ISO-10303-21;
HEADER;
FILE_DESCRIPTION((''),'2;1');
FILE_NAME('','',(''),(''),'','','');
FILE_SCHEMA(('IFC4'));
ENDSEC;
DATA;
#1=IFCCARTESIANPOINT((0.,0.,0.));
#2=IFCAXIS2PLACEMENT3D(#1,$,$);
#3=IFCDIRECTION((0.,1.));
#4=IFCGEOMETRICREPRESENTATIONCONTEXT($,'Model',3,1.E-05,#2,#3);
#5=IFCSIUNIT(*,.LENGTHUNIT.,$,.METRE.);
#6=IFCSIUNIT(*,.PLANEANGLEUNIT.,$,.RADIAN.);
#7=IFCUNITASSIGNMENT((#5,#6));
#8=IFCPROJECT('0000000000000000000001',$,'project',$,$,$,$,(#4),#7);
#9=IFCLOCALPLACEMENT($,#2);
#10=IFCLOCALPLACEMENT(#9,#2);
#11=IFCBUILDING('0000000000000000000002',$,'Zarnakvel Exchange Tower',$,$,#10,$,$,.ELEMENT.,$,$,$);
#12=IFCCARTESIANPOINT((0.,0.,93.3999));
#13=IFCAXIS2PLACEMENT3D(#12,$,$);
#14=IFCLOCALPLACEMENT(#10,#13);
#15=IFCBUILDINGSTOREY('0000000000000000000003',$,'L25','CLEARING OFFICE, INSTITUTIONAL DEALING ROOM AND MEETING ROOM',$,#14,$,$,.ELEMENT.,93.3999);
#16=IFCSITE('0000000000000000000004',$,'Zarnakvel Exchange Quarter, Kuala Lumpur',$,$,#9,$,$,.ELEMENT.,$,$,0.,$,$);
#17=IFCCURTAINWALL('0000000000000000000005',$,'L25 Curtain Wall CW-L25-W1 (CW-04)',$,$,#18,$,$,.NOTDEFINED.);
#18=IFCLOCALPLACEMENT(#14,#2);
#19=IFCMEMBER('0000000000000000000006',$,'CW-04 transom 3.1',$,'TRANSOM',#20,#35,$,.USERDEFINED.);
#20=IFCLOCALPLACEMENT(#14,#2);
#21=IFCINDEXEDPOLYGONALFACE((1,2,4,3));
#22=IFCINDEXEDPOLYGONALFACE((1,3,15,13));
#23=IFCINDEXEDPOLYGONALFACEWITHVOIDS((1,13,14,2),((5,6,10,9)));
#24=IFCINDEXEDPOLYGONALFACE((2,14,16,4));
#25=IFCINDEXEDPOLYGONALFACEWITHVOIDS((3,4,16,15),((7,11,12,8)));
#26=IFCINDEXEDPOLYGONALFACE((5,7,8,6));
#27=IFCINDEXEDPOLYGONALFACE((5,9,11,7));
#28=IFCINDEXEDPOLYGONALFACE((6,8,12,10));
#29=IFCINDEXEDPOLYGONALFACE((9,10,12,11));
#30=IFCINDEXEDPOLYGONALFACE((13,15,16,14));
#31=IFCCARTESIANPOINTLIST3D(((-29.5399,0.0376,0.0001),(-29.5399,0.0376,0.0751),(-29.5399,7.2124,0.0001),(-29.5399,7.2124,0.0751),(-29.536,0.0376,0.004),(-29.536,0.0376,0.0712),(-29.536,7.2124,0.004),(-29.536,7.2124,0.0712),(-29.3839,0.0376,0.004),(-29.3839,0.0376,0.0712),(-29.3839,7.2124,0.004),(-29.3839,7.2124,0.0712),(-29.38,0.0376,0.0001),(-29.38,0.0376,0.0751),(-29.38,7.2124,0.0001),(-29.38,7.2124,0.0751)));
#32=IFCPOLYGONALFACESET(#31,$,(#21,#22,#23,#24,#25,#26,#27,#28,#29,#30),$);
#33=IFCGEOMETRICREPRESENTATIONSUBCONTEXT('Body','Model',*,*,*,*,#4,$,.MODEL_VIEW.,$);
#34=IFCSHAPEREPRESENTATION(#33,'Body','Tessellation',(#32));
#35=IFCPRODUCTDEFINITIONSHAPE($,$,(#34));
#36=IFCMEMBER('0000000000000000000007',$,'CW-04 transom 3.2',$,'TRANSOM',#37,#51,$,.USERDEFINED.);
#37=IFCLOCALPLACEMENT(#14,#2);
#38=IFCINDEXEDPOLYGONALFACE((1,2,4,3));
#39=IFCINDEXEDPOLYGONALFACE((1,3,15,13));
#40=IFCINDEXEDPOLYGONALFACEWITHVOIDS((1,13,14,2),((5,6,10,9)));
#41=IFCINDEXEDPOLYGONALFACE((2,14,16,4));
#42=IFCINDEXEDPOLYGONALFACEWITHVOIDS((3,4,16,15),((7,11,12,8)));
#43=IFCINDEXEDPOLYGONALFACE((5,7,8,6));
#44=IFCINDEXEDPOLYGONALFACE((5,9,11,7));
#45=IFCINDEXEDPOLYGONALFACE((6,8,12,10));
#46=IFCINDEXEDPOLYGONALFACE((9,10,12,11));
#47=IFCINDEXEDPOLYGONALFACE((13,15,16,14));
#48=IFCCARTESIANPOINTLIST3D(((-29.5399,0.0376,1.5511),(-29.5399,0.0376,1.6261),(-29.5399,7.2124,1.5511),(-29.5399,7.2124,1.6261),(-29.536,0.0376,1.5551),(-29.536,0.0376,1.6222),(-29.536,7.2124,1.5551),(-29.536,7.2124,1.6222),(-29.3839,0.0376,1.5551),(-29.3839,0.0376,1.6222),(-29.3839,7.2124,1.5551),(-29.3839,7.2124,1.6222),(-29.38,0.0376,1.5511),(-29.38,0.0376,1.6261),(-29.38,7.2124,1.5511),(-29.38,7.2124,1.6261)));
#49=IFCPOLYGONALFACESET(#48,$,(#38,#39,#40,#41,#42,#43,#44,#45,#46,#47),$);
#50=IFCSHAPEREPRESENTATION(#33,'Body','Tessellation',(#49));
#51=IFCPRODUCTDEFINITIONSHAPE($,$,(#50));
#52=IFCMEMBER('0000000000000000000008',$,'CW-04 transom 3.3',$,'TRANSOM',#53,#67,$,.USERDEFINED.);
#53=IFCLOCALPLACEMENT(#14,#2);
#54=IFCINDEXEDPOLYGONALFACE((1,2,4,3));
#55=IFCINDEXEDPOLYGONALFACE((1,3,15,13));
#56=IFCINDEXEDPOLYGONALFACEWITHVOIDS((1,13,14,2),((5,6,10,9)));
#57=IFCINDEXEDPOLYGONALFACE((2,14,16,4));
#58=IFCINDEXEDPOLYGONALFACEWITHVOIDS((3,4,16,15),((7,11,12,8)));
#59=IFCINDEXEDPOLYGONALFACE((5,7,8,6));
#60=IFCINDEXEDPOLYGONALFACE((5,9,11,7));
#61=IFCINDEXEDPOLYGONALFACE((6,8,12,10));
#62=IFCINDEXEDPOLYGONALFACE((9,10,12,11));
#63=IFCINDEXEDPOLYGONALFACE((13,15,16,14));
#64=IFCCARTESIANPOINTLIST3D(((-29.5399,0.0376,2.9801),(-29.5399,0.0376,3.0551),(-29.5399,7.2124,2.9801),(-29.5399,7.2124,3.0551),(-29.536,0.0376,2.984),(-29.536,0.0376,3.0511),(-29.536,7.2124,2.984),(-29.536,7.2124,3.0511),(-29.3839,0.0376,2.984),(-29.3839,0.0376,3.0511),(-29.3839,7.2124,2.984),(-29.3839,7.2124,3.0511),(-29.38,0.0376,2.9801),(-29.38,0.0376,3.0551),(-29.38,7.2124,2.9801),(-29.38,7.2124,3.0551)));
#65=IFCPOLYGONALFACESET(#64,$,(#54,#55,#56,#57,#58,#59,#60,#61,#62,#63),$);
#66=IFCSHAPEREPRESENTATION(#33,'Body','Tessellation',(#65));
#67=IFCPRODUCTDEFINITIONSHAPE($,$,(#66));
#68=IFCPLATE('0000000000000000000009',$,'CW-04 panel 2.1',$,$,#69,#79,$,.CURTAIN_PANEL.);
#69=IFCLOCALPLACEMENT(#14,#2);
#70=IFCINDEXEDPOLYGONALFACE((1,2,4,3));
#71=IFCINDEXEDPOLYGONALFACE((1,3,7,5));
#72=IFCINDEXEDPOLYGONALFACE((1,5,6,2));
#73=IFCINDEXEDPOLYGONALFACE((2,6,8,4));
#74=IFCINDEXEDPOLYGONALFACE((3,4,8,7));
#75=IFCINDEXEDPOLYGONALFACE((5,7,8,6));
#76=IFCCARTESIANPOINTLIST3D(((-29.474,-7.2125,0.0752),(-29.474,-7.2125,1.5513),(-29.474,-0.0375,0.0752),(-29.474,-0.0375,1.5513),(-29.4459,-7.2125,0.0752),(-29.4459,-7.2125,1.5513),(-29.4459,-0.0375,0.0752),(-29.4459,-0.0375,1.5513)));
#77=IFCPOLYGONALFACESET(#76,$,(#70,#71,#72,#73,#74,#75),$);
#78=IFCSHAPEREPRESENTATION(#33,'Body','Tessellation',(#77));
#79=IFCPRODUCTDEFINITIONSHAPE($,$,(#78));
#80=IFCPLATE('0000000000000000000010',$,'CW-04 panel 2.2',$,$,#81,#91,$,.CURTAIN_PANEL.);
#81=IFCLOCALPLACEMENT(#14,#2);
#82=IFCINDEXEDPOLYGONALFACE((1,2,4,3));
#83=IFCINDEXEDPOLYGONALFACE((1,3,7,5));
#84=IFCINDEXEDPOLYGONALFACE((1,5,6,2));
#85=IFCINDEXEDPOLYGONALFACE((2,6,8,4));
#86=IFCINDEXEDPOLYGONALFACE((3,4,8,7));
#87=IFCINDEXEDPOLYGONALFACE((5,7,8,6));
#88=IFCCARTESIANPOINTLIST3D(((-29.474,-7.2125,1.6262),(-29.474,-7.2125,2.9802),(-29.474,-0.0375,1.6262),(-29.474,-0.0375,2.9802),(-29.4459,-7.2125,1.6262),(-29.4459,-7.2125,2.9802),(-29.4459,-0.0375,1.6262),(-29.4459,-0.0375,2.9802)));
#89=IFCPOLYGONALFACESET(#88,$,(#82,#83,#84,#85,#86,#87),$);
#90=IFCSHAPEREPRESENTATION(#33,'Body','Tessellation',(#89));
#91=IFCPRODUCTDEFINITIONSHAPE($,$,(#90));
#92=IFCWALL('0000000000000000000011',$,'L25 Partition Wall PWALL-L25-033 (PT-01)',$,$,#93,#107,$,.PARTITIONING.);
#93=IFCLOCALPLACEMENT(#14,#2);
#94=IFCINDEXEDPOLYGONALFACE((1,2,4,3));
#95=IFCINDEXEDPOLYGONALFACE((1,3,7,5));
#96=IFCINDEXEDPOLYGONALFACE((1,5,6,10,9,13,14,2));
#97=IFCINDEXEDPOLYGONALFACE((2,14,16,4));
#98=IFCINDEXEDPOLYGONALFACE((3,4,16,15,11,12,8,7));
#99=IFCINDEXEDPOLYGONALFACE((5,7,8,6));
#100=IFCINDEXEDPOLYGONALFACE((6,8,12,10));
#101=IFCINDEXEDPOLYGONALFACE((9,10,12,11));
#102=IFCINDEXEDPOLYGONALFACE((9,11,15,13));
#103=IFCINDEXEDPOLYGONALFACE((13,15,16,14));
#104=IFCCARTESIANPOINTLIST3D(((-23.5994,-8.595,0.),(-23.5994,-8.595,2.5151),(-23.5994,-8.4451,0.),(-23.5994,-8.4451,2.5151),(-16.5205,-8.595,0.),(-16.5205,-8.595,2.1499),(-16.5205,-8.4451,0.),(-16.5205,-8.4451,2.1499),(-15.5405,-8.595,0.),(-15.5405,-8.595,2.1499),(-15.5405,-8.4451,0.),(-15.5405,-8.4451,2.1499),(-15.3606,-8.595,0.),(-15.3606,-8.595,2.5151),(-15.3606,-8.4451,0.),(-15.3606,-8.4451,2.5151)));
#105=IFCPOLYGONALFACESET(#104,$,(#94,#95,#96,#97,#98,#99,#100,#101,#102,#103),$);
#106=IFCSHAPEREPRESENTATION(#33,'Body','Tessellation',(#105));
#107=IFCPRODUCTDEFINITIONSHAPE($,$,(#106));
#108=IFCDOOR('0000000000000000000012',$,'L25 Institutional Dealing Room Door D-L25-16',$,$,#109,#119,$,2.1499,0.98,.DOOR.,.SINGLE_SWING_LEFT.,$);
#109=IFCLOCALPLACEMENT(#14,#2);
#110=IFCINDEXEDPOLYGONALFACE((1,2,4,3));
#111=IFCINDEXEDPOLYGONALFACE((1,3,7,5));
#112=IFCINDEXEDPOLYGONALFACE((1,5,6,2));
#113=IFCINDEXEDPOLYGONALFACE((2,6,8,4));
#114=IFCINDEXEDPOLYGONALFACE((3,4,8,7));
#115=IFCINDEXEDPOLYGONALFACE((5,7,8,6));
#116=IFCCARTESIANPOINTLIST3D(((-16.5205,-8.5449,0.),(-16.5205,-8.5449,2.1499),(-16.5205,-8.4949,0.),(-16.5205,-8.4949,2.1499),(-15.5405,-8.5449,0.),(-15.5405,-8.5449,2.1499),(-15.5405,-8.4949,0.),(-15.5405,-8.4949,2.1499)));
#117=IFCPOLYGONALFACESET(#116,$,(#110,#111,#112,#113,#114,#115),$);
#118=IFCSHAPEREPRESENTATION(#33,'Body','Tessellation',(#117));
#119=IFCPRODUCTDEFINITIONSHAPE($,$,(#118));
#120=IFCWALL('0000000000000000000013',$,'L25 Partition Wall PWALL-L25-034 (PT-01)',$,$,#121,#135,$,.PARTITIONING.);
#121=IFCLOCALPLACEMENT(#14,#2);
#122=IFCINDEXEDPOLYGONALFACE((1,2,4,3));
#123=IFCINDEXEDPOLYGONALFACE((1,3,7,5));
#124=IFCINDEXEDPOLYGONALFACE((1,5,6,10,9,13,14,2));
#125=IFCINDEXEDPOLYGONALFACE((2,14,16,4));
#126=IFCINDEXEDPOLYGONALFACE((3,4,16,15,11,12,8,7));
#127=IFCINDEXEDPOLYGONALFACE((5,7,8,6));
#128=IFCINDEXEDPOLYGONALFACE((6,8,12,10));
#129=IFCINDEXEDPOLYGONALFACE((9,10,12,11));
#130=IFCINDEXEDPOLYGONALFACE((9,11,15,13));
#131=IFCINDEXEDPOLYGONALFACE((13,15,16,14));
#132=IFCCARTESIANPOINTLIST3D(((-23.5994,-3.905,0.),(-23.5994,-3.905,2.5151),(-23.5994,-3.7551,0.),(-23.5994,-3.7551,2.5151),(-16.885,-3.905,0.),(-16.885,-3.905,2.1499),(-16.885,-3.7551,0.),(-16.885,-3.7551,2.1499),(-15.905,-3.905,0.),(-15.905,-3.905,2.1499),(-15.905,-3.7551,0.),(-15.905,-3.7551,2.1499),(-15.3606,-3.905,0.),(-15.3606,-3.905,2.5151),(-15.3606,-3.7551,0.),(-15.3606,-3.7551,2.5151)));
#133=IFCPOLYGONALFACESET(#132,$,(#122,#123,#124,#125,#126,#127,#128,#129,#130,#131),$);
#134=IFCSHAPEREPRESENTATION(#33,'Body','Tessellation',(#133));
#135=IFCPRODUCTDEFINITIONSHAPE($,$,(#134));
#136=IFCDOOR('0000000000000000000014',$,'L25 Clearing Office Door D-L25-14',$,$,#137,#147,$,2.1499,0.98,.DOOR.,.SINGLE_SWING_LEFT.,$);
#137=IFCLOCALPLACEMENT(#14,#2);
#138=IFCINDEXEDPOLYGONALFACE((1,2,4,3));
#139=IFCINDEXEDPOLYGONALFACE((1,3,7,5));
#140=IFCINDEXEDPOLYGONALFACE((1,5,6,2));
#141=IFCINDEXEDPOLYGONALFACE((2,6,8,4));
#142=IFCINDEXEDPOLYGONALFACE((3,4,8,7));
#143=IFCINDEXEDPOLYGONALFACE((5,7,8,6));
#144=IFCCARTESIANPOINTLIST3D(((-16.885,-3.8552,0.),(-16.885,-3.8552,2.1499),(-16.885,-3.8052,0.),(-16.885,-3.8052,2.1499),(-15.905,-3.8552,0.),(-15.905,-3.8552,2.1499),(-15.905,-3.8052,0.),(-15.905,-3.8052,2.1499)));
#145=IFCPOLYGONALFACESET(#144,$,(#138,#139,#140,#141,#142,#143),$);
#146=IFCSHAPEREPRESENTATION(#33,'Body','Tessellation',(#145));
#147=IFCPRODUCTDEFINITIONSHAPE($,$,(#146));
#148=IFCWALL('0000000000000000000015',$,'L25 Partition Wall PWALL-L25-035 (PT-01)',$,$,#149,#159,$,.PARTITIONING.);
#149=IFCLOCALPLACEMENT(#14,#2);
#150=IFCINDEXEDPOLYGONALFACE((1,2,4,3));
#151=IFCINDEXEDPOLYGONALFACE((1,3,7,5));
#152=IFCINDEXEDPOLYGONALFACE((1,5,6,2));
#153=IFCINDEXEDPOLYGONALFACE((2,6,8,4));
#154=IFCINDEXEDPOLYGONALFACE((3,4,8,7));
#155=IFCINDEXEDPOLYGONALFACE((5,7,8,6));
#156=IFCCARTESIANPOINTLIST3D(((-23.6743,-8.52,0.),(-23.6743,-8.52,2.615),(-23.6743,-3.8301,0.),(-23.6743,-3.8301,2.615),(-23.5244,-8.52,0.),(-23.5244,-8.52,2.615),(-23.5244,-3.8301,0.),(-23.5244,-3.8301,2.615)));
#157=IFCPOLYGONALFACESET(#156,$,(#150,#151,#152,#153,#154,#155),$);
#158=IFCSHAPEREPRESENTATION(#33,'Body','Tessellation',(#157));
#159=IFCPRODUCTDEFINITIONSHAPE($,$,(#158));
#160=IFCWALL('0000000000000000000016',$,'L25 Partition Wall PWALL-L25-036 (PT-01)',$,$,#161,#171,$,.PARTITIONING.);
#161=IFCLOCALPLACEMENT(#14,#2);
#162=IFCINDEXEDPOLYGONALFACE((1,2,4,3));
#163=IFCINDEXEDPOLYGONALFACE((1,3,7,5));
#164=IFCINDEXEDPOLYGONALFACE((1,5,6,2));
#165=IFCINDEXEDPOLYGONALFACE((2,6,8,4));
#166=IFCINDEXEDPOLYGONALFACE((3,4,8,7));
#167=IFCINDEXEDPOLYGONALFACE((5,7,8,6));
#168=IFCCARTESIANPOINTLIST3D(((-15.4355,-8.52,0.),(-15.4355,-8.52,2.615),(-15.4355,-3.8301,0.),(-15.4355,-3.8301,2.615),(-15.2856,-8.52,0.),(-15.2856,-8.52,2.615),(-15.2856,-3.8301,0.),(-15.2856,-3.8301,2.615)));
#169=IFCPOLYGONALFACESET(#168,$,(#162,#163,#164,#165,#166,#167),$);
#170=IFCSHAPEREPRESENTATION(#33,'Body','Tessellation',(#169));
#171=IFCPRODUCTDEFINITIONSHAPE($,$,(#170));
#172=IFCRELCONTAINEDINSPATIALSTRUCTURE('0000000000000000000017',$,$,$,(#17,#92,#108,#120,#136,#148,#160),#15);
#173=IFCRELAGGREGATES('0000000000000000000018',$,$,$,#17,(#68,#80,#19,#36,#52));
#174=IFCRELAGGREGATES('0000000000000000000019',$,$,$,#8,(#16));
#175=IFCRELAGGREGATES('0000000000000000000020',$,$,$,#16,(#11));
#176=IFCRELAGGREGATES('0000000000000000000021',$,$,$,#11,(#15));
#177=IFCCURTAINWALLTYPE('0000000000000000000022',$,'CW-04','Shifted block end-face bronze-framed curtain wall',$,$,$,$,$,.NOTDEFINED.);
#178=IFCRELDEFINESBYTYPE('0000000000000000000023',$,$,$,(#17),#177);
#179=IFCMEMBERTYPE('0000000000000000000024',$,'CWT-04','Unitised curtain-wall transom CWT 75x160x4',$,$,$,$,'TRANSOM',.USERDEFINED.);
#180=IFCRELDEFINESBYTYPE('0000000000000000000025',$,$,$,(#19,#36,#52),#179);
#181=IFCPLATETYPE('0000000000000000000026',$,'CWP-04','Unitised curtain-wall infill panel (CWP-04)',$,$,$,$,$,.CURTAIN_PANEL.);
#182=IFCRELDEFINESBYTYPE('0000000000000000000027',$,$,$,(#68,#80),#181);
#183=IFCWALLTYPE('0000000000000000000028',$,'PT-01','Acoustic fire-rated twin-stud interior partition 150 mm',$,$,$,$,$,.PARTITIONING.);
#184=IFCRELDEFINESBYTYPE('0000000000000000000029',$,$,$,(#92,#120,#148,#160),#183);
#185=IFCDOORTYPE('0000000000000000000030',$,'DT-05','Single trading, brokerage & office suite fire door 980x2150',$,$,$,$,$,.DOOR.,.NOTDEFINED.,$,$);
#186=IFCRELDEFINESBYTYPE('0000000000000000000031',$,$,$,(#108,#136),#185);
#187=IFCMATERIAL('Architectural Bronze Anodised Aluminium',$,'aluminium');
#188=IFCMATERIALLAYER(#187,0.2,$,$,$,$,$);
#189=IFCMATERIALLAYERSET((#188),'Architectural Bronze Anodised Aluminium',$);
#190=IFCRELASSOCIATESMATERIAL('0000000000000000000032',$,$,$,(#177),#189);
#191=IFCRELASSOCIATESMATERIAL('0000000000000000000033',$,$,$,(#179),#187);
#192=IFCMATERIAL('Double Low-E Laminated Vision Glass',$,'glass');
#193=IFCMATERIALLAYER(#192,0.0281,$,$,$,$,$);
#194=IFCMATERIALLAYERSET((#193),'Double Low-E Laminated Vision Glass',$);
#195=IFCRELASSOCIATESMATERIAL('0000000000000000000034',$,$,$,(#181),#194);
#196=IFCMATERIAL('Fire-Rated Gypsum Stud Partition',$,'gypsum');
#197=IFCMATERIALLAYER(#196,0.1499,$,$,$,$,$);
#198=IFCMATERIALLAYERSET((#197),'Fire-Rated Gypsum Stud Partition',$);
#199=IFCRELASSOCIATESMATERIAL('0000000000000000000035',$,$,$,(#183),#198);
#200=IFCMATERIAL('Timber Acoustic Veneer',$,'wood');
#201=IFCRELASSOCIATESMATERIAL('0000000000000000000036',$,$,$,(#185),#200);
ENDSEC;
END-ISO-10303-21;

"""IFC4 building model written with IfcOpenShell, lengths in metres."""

from ifc_helpers import new_model, si_unit, direction, frame, frame_2d, origin, origin_2d, place, context, subcontext, project, spatial, rectangle, hollow_rectangle, extrude, source, transform, mapped, material, layer, layer_set, material_profile, profile_set, type_object, element, fill, aggregate, save


model = new_model("IFC4")

# Units and contexts
model_context = context("Model", 3, precision=1e-05, world=origin(), true_north=direction((0.0, 1.0)))
body_context = subcontext(model_context, "Body", "Model", "MODEL_VIEW")
ifc_project = project(units=[si_unit("LENGTHUNIT", "METRE"), si_unit("PLANEANGLEUNIT", "RADIAN")], contexts=[model_context])

# Site, building, storey
site_placement = place(None, origin())
site = spatial("IfcSite", under=ifc_project, at=site_placement, Name="Zarnakvel Exchange Quarter, Kuala Lumpur", CompositionType="ELEMENT", RefElevation=0.0)
building_placement = place(site_placement, origin())
building = spatial("IfcBuilding", under=site, at=building_placement, Name="Zarnakvel Exchange Tower", CompositionType="ELEMENT")
storey_placement = place(building_placement, frame((0.0, 0.0, 93.3999)))
storey = spatial("IfcBuildingStorey", under=building, at=storey_placement, Name="L25", Description="CLEARING OFFICE, INSTITUTIONAL DEALING ROOM AND MEETING ROOM", CompositionType="ELEMENT", Elevation=93.3999)

# Curtain wall, members, plates
ifc_material_1 = material(Name="Architectural Bronze Anodised Aluminium", Category="aluminium")
ifc_layer_1 = layer(ifc_material_1, 0.2)
ifc_layer_set_1 = layer_set([ifc_layer_1], Name="Architectural Bronze Anodised Aluminium")
curtain_wall_type = type_object("IfcCurtainWallType", Name="CW-04", Description="Shifted block end-face bronze-framed curtain wall", PredefinedType="NOTDEFINED", material=ifc_layer_set_1)
curtain_wall_placement = place(storey_placement, origin())
curtain_wall = element("IfcCurtainWall", 1, at=curtain_wall_placement, inside=storey, type_object=curtain_wall_type, Name="L25 Curtain Wall CW-L25-W1 (CW-04)", PredefinedType="NOTDEFINED")
ifc_material_profile_1 = material_profile(ifc_material_1, hollow_rectangle(XDim=0.1599, YDim=0.075, WallThickness=0.0039, at=origin_2d()))
ifc_profile_set_1 = profile_set([ifc_material_profile_1], Name="Architectural Bronze Anodised Aluminium")
member_type_1 = type_object("IfcMemberType", Name="CWT-04", Description="Unitised curtain-wall transom CWT 75x160x4", ElementType="TRANSOM", PredefinedType="USERDEFINED", material=ifc_profile_set_1)
shared_shape_1 = source(origin(), body_context, "Body", "SweptSolid", [
    extrude(hollow_rectangle(XDim=0.1599, YDim=0.075, WallThickness=0.0039, at=origin_2d()), origin(), (0.0, 0.0, 1.0), 7.1748),
])
member_1_placement = place(storey_placement, frame((-29.46, 0.0376, 0.0376), z_axis=(0.0, 1.0, 0.0), x_axis=(-1.0, 0.0, 0.0)))
member_1 = element("IfcMember", 2, at=member_1_placement, type_object=member_type_1, Name="CW-04 transom 3.1", ObjectType="TRANSOM", PredefinedType="USERDEFINED", context=body_context, shape_type="MappedRepresentation", body=[
    mapped(shared_shape_1, transform((0.0, 0.0, 0.0), x_axis=(1.0, 0.0, 0.0), y_axis=(0.0, 1.0, 0.0), z_axis=(0.0, 0.0, 1.0), scale=1.0)),
])
member_2_placement = place(storey_placement, frame((-29.46, 0.0376, 1.5886), z_axis=(0.0, 1.0, 0.0), x_axis=(-1.0, 0.0, 0.0)))
member_2 = element("IfcMember", 3, at=member_2_placement, type_object=member_type_1, Name="CW-04 transom 3.2", ObjectType="TRANSOM", PredefinedType="USERDEFINED", context=body_context, shape_type="MappedRepresentation", body=[
    mapped(shared_shape_1, transform((0.0, 0.0, 0.0), x_axis=(1.0, 0.0, 0.0), y_axis=(0.0, 1.0, 0.0), z_axis=(0.0, 0.0, 1.0), scale=1.0)),
])
member_3_placement = place(storey_placement, frame((-29.46, 0.0376, 3.0176), z_axis=(0.0, 1.0, 0.0), x_axis=(-1.0, 0.0, 0.0)))
member_3 = element("IfcMember", 4, at=member_3_placement, type_object=member_type_1, Name="CW-04 transom 3.3", ObjectType="TRANSOM", PredefinedType="USERDEFINED", context=body_context, shape_type="MappedRepresentation", body=[
    mapped(shared_shape_1, transform((0.0, 0.0, 0.0), x_axis=(1.0, 0.0, 0.0), y_axis=(0.0, 1.0, 0.0), z_axis=(0.0, 0.0, 1.0), scale=1.0)),
])
ifc_material_2 = material(Name="Double Low-E Laminated Vision Glass", Category="glass")
ifc_layer_2 = layer(ifc_material_2, 0.0281)
ifc_layer_set_2 = layer_set([ifc_layer_2], Name="Double Low-E Laminated Vision Glass")
plate_type = type_object("IfcPlateType", Name="CWP-04", Description="Unitised curtain-wall infill panel (CWP-04)", PredefinedType="CURTAIN_PANEL", material=ifc_layer_set_2)
shared_shape_2 = source(origin(), body_context, "Body", "SweptSolid", [
    extrude(rectangle(XDim=7.175, YDim=0.0281, at=origin_2d()), origin(), (0.0, 0.0, 1.0), 1.4761),
])
plate_1_placement = place(storey_placement, frame((-29.46, -3.625, 0.0752), z_axis=(0.0, 0.0, 1.0), x_axis=(0.0, 1.0, 0.0)))
plate_1 = element("IfcPlate", 5, at=plate_1_placement, type_object=plate_type, Name="CW-04 panel 2.1", PredefinedType="CURTAIN_PANEL", context=body_context, shape_type="MappedRepresentation", body=[
    mapped(shared_shape_2, transform((0.0, 0.0, 0.0), x_axis=(1.0, 0.0, 0.0), y_axis=(0.0, 1.0, 0.0), z_axis=(0.0, 0.0, 1.0), scale=1.0)),
])
shared_shape_3 = source(origin(), body_context, "Body", "SweptSolid", [
    extrude(rectangle(XDim=7.175, YDim=0.0281, at=origin_2d()), origin(), (0.0, 0.0, 1.0), 1.354),
])
plate_2_placement = place(storey_placement, frame((-29.46, -3.625, 1.6262), z_axis=(0.0, 0.0, 1.0), x_axis=(0.0, 1.0, 0.0)))
plate_2 = element("IfcPlate", 6, at=plate_2_placement, type_object=plate_type, Name="CW-04 panel 2.2", PredefinedType="CURTAIN_PANEL", context=body_context, shape_type="MappedRepresentation", body=[
    mapped(shared_shape_3, transform((0.0, 0.0, 0.0), x_axis=(1.0, 0.0, 0.0), y_axis=(0.0, 1.0, 0.0), z_axis=(0.0, 0.0, 1.0), scale=1.0)),
])
aggregate(curtain_wall, [plate_1, plate_2, member_1, member_2, member_3])

# Walls, openings, doors
ifc_material_3 = material(Name="Fire-Rated Gypsum Stud Partition", Category="gypsum")
ifc_layer_3 = layer(ifc_material_3, 0.1499)
ifc_layer_set_3 = layer_set([ifc_layer_3], Name="Fire-Rated Gypsum Stud Partition")
wall_type = type_object("IfcWallType", Name="PT-01", Description="Acoustic fire-rated twin-stud interior partition 150 mm", PredefinedType="PARTITIONING", material=ifc_layer_set_3)
wall_1_placement = place(storey_placement, frame((-15.3606, -8.52, 0.0), z_axis=(0.0, 0.0, 1.0), x_axis=(-1.0, 0.0, 0.0)))
wall_1 = element("IfcWall", 7, at=wall_1_placement, inside=storey, type_object=wall_type, Name="L25 Partition Wall PWALL-L25-033 (PT-01)", PredefinedType="PARTITIONING", context=body_context, shape_type="SweptSolid", body=[
    extrude(rectangle(XDim=8.2388, YDim=0.1499, at=frame_2d((4.1194, 0.0))), origin(), (0.0, 0.0, 1.0), 2.5151),
])
opening_1_placement = place(wall_1_placement, frame((0.1799, 0.0, 0.0)))
opening_1 = element("IfcOpeningElement", 8, at=opening_1_placement, cuts=wall_1, PredefinedType="OPENING", context=body_context, shape_type="SweptSolid", body=[
    extrude(rectangle(XDim=0.98, YDim=2.1499, at=frame_2d((0.49, 1.075))), frame((0.0, 0.085, 0.0), z_axis=(0.0, -1.0, 0.0), x_axis=(1.0, 0.0, 0.0)), (0.0, 0.0, 1.0), 0.1699),
])
ifc_material_4 = material(Name="Timber Acoustic Veneer", Category="wood")
door_type = type_object("IfcDoorType", Name="DT-05", Description="Single trading, brokerage & office suite fire door 980x2150", OperationType="NOTDEFINED", PredefinedType="DOOR", material=ifc_material_4)
shared_shape_4 = source(origin(), body_context, "Body", "SweptSolid", [
    extrude(rectangle(XDim=0.98, YDim=2.1499, at=frame_2d((0.49, 1.075))), frame((0.0, 0.0249, 0.0), z_axis=(0.0, -1.0, 0.0), x_axis=(1.0, 0.0, 0.0)), (0.0, 0.0, 1.0), 0.05),
])
door_1_placement = place(opening_1_placement, origin())
door_1 = element("IfcDoor", 9, at=door_1_placement, inside=storey, type_object=door_type, Name="L25 Institutional Dealing Room Door D-L25-16", OperationType="SINGLE_SWING_LEFT", OverallHeight=2.1499, OverallWidth=0.98, PredefinedType="DOOR", context=body_context, shape_type="MappedRepresentation", body=[
    mapped(shared_shape_4, transform((0.0, 0.0, 0.0), x_axis=(1.0, 0.0, 0.0), y_axis=(0.0, 1.0, 0.0), z_axis=(0.0, 0.0, 1.0), scale=1.0)),
])
fill(opening_1, door_1)
wall_2_placement = place(storey_placement, frame((-23.5994, -3.8301, 0.0), z_axis=(0.0, 0.0, 1.0), x_axis=(1.0, 0.0, 0.0)))
wall_2 = element("IfcWall", 10, at=wall_2_placement, inside=storey, type_object=wall_type, Name="L25 Partition Wall PWALL-L25-034 (PT-01)", PredefinedType="PARTITIONING", context=body_context, shape_type="SweptSolid", body=[
    extrude(rectangle(XDim=8.2388, YDim=0.1499, at=frame_2d((4.1194, 0.0))), origin(), (0.0, 0.0, 1.0), 2.5151),
])
opening_2_placement = place(wall_2_placement, frame((6.7144, 0.0, 0.0)))
opening_2 = element("IfcOpeningElement", 11, at=opening_2_placement, cuts=wall_2, PredefinedType="OPENING", context=body_context, shape_type="SweptSolid", body=[
    extrude(rectangle(XDim=0.98, YDim=2.1499, at=frame_2d((0.49, 1.075))), frame((0.0, 0.085, 0.0), z_axis=(0.0, -1.0, 0.0), x_axis=(1.0, 0.0, 0.0)), (0.0, 0.0, 1.0), 0.1699),
])
door_2_placement = place(opening_2_placement, origin())
door_2 = element("IfcDoor", 12, at=door_2_placement, inside=storey, type_object=door_type, Name="L25 Clearing Office Door D-L25-14", OperationType="SINGLE_SWING_LEFT", OverallHeight=2.1499, OverallWidth=0.98, PredefinedType="DOOR", context=body_context, shape_type="MappedRepresentation", body=[
    mapped(shared_shape_4, transform((0.0, 0.0, 0.0), x_axis=(1.0, 0.0, 0.0), y_axis=(0.0, 1.0, 0.0), z_axis=(0.0, 0.0, 1.0), scale=1.0)),
])
fill(opening_2, door_2)

# Walls
for number, where, z_axis, x_axis, name in (
    (13, (-23.5994, -8.52, 0.0), (0.0, 0.0, 1.0), (0.0, 1.0, 0.0), "L25 Partition Wall PWALL-L25-035 (PT-01)"),
    (14, (-15.3606, -3.8301, 0.0), (0.0, 0.0, 1.0), (0.0, -1.0, 0.0), "L25 Partition Wall PWALL-L25-036 (PT-01)"),
):
    element("IfcWall", number, at=place(storey_placement, frame(where, z_axis=z_axis, x_axis=x_axis)), inside=storey, type_object=wall_type, Name=name, PredefinedType="PARTITIONING", context=body_context, shape_type="SweptSolid", body=[
        extrude(rectangle(XDim=4.6899, YDim=0.1499, at=frame_2d((2.345, 0.0))), origin(), (0.0, 0.0, 1.0), 2.615),
    ])

save(model, "model.ifc")
